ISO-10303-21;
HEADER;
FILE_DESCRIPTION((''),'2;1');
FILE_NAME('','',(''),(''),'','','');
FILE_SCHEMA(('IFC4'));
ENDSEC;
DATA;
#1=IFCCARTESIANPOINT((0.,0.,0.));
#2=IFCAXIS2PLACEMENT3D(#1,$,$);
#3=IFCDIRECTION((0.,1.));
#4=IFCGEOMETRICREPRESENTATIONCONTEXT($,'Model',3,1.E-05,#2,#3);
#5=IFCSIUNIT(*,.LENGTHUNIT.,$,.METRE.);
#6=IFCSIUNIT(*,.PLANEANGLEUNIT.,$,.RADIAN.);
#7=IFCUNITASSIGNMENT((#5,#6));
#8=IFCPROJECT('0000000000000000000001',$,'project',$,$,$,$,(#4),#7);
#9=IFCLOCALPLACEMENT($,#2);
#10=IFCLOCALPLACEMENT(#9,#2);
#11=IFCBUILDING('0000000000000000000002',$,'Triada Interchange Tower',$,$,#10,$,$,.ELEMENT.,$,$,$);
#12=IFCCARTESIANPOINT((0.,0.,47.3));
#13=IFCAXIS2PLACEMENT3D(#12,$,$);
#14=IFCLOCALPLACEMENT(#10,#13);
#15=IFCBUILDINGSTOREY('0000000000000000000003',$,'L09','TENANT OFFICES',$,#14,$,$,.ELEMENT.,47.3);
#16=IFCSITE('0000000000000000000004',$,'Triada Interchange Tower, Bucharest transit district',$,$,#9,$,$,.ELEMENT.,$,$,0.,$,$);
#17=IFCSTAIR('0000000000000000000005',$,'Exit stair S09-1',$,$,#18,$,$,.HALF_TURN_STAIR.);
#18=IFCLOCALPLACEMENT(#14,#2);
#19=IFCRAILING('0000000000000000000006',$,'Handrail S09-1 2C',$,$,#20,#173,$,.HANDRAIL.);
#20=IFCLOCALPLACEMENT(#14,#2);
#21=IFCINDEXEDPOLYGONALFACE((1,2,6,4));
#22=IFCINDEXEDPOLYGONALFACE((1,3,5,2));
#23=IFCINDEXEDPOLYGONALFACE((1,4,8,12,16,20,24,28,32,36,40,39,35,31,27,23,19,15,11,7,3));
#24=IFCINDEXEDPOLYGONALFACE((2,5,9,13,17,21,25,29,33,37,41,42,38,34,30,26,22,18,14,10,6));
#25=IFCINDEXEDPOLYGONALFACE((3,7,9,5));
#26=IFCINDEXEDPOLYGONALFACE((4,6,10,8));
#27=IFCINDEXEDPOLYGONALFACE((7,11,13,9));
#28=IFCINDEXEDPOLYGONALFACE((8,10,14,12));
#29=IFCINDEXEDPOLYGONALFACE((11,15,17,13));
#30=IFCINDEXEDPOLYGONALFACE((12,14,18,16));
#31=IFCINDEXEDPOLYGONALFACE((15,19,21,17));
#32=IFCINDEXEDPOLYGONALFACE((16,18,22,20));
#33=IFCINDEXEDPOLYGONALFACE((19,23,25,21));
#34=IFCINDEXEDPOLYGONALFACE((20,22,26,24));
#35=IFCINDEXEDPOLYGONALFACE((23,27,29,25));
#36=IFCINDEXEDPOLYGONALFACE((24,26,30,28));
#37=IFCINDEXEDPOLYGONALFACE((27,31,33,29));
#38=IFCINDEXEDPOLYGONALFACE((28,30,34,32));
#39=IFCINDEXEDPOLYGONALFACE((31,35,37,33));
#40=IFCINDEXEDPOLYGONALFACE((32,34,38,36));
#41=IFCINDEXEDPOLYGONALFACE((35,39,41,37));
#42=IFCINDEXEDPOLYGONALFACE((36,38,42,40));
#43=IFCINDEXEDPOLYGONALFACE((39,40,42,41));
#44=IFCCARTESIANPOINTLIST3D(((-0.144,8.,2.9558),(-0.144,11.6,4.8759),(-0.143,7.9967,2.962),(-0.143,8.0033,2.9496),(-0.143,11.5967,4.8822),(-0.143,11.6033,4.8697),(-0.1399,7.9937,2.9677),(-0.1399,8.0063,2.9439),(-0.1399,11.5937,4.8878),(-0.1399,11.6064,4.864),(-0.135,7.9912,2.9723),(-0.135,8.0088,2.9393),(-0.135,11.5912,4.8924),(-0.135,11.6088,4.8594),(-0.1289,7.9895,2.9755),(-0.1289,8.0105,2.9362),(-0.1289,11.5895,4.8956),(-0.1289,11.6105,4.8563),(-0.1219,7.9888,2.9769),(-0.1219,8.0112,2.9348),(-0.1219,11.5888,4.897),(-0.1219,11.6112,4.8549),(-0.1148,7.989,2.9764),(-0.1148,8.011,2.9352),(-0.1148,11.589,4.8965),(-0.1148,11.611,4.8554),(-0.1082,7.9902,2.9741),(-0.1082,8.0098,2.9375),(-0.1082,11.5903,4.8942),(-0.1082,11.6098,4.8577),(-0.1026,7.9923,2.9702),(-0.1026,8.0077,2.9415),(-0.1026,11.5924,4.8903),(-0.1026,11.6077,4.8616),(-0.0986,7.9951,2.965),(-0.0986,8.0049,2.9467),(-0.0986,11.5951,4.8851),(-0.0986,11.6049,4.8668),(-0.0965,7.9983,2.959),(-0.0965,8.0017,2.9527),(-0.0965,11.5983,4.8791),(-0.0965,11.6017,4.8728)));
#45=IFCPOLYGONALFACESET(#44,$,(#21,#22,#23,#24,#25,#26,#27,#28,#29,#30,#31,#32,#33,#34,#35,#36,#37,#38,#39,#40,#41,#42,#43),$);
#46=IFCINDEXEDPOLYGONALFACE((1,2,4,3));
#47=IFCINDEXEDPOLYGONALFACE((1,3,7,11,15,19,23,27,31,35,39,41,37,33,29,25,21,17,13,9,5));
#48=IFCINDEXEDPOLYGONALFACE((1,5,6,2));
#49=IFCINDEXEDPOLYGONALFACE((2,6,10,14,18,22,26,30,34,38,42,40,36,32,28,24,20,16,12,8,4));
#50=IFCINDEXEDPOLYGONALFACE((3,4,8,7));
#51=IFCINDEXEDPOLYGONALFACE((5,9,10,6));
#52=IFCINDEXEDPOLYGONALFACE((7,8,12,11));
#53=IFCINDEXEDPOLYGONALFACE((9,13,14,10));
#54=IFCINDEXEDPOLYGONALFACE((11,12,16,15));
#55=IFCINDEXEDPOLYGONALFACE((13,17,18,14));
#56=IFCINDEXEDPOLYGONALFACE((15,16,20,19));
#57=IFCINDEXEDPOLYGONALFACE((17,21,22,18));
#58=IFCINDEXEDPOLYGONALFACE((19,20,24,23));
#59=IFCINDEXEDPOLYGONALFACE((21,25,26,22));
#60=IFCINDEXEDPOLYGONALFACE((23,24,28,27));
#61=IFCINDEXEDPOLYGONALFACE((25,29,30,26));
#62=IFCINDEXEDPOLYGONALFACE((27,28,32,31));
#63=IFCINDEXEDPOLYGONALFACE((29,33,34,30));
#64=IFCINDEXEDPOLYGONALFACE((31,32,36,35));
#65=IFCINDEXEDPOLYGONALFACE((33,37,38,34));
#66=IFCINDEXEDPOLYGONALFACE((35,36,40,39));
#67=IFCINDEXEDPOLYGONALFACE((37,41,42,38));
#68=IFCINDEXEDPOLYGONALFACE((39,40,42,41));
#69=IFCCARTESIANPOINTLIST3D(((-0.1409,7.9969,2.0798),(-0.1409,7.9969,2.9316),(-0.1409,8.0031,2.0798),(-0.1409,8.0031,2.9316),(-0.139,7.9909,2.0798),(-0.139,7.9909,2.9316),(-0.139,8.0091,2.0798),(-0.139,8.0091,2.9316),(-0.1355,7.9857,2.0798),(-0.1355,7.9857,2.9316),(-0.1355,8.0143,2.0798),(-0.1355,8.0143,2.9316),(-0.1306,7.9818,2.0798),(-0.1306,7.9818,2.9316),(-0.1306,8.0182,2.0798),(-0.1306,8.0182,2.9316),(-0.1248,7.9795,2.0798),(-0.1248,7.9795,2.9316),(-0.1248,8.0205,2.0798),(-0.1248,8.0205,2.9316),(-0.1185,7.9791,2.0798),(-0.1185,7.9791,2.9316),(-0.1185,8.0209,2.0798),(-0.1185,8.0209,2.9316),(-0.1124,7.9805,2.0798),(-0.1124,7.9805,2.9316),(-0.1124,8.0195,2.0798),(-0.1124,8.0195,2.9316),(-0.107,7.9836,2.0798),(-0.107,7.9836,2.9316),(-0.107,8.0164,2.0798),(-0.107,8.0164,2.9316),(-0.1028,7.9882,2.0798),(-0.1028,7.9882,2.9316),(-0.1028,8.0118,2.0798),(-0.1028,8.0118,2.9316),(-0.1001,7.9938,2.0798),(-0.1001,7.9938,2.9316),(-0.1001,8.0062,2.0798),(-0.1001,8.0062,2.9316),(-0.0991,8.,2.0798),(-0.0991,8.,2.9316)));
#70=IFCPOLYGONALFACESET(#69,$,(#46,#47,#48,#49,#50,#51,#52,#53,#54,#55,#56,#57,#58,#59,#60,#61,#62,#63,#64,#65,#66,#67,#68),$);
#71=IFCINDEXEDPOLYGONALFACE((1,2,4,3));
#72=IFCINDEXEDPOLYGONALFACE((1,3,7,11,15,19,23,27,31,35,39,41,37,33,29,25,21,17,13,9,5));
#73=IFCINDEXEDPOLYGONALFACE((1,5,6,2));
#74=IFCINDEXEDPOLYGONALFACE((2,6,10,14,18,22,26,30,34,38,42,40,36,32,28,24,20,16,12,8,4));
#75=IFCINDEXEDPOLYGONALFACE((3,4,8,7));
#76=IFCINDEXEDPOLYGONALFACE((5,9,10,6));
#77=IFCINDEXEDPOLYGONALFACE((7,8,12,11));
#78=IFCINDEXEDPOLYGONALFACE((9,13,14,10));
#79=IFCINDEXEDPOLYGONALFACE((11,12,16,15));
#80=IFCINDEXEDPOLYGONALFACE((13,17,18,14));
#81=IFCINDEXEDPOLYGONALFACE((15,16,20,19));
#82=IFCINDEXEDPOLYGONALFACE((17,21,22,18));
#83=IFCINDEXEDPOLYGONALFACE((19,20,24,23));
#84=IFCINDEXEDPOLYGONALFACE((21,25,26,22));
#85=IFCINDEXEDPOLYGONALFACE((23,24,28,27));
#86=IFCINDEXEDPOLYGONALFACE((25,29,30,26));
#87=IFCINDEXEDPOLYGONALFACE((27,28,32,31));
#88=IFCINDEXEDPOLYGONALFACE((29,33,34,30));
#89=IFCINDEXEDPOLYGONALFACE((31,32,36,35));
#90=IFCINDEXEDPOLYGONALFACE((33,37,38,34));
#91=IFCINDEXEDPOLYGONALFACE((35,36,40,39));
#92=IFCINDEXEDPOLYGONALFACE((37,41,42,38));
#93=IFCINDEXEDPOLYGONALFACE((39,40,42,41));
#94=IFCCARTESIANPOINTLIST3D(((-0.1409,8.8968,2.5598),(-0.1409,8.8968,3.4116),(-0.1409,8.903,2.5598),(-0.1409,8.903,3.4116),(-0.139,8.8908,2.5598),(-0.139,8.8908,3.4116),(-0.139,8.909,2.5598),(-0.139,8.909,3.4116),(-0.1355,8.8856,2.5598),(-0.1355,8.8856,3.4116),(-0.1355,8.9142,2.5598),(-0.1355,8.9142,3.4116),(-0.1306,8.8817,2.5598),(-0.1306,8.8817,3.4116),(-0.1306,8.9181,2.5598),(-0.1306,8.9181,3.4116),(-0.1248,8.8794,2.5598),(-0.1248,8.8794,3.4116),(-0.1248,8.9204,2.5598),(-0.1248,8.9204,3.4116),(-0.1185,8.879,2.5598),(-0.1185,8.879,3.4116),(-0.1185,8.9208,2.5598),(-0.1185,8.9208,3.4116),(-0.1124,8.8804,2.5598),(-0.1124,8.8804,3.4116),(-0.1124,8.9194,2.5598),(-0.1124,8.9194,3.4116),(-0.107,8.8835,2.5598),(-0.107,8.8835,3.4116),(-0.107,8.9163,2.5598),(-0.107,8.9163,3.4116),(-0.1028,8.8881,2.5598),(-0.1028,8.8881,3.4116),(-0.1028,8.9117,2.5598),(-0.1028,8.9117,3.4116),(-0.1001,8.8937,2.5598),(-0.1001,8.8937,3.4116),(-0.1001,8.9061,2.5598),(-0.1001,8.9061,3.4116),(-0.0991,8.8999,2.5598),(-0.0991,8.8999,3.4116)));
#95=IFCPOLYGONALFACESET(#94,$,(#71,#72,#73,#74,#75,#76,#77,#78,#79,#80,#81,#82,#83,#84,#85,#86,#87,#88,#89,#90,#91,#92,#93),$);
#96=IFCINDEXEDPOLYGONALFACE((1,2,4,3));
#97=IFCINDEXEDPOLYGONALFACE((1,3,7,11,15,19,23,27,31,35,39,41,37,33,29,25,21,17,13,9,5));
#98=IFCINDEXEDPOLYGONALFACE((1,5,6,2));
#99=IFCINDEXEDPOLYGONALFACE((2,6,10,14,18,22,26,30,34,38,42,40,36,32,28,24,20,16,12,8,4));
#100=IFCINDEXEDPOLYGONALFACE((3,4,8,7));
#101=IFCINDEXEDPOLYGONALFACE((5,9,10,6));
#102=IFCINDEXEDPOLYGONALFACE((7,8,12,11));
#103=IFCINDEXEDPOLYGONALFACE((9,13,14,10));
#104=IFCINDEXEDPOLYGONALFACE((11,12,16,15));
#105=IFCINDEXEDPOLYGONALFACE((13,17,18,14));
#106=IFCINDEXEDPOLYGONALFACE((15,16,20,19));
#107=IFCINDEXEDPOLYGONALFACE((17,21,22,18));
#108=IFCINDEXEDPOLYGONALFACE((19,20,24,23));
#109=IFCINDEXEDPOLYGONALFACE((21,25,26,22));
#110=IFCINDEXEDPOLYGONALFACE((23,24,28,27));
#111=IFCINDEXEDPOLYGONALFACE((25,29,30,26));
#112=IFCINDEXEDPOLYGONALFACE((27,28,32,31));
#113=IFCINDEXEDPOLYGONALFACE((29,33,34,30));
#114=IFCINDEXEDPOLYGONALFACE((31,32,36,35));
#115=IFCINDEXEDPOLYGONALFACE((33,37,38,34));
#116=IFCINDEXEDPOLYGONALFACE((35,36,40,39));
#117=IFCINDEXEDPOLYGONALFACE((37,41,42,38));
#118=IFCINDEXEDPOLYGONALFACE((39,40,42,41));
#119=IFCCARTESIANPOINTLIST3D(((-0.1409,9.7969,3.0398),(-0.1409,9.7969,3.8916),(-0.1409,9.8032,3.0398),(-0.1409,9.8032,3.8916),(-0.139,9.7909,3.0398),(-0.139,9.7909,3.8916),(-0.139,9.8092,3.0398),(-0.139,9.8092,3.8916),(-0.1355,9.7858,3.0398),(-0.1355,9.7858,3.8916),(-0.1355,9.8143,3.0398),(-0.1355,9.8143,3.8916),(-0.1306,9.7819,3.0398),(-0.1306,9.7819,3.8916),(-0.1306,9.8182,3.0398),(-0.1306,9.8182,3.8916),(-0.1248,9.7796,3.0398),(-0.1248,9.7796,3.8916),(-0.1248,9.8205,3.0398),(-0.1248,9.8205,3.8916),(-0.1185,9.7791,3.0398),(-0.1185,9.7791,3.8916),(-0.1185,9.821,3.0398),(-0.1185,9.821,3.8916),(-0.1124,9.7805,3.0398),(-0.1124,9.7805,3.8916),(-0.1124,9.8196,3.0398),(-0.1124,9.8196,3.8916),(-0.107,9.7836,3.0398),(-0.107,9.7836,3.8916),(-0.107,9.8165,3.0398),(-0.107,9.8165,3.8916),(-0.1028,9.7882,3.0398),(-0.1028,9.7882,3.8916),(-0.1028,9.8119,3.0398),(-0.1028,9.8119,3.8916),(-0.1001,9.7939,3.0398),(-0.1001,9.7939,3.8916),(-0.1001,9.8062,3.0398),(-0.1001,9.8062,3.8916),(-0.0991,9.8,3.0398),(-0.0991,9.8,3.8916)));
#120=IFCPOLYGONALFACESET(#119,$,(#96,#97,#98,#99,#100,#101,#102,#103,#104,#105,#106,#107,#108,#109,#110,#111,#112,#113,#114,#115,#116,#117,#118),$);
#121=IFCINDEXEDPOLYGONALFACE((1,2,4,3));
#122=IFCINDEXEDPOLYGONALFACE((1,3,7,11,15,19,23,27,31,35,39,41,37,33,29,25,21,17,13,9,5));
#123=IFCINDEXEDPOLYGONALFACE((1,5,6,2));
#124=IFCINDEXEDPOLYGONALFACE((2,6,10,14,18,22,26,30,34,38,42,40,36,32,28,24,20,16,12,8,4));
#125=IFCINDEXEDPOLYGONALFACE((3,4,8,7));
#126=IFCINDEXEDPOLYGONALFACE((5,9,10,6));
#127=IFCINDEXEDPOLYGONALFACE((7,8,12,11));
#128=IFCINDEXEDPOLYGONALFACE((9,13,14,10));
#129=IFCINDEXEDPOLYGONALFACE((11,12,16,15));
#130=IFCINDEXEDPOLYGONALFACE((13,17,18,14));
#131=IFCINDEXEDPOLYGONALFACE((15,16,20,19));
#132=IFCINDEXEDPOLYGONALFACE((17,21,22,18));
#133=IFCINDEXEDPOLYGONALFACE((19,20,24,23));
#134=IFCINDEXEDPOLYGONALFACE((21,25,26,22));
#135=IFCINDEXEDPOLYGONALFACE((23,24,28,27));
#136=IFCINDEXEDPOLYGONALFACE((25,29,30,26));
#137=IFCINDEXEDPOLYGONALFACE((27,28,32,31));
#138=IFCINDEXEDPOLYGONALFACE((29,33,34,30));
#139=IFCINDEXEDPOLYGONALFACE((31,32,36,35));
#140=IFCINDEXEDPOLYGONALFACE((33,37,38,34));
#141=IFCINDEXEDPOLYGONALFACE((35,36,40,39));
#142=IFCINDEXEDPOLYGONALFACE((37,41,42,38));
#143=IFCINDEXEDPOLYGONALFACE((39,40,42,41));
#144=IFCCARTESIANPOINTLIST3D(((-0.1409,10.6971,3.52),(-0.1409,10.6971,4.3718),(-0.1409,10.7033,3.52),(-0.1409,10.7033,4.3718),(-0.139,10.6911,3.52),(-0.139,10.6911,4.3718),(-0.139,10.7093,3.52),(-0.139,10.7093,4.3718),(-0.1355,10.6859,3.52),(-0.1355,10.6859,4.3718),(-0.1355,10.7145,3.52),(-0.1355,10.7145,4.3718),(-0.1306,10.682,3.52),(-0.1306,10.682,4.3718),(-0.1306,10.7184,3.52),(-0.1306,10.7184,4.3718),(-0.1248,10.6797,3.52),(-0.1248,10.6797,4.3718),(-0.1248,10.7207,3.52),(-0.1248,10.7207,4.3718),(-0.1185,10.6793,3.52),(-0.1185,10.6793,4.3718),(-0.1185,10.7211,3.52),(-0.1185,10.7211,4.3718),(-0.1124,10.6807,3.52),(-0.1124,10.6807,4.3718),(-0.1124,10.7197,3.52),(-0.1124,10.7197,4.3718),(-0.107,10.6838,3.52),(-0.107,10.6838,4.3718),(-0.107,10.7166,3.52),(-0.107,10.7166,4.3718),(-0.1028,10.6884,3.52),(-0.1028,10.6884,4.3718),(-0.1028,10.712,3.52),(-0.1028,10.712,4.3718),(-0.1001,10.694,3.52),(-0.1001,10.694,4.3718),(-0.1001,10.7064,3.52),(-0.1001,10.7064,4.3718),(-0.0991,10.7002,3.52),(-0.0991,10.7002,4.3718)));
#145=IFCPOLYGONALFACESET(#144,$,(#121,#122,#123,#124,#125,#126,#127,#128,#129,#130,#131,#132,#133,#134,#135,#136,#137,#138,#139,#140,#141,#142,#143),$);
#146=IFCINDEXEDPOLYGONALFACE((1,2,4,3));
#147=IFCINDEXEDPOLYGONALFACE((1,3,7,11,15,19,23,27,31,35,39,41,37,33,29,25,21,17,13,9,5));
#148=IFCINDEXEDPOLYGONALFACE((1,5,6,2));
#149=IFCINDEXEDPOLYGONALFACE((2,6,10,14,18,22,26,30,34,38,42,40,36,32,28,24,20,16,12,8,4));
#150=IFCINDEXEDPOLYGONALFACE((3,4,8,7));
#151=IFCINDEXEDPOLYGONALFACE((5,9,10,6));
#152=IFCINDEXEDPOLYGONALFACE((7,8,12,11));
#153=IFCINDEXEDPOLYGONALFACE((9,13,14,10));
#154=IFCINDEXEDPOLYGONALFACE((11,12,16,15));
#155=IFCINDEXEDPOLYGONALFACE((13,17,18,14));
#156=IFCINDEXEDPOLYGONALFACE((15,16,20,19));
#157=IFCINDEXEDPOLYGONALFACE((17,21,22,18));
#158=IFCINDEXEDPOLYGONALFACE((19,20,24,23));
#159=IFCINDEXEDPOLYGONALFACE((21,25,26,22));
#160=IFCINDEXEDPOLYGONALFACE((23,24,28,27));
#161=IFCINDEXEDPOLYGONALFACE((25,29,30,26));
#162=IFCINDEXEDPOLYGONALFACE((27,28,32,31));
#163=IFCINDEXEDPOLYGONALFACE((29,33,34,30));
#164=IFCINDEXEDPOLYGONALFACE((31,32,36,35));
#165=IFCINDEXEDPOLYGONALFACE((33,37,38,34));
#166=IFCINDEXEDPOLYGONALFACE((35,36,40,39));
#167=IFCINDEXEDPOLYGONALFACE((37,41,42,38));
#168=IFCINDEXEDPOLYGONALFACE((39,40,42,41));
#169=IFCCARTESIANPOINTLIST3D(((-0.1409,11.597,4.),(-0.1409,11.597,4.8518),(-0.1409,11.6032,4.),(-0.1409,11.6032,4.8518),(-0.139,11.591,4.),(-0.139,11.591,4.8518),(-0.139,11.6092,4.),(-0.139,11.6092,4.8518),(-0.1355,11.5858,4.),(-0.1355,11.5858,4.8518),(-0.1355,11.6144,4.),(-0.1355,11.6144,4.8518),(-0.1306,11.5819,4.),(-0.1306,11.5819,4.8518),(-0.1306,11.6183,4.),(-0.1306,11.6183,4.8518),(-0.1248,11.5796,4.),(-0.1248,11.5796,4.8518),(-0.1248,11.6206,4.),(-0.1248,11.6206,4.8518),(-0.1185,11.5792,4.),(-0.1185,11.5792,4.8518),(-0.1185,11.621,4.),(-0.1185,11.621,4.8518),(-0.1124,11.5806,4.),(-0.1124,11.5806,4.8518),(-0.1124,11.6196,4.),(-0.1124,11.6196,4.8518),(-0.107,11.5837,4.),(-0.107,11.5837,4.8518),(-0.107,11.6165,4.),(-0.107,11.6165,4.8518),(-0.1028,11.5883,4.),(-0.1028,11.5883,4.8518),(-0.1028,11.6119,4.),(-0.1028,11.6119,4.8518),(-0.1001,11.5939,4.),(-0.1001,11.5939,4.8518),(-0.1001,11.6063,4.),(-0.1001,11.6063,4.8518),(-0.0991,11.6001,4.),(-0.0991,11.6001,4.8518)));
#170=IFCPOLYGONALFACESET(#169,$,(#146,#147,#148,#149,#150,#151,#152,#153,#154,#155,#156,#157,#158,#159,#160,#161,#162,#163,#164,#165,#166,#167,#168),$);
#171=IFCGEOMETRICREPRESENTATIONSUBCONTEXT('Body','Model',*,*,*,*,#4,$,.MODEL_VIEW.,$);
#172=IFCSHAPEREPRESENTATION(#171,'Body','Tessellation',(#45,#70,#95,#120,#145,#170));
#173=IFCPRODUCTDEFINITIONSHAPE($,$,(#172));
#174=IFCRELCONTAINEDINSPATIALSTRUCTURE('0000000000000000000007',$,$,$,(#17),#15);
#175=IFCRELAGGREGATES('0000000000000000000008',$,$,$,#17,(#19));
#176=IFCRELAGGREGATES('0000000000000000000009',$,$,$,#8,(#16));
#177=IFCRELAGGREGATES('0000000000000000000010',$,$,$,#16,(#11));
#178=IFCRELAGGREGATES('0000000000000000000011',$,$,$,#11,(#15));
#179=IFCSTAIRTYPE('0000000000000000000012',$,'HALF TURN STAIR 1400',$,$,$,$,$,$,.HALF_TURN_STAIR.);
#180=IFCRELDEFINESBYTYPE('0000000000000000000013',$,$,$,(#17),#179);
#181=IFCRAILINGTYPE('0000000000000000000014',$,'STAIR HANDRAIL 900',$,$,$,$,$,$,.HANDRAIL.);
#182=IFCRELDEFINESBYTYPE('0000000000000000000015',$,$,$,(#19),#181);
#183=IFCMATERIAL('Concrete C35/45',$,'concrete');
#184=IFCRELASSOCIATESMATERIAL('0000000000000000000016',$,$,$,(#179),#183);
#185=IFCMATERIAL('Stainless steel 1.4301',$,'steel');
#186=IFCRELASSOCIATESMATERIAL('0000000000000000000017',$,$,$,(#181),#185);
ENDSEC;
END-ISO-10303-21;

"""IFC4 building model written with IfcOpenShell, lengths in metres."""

from ifc_helpers import new_model, si_unit, direction, frame, origin, origin_2d, place, context, subcontext, project, spatial, circle, extrude, material, type_object, element, aggregate, save


model = new_model("IFC4")

# Units and contexts
model_context = context("Model", 3, precision=1e-05, world=origin(), true_north=direction((0.0, 1.0)))
body_context = subcontext(model_context, "Body", "Model", "MODEL_VIEW")
ifc_project = project(units=[si_unit("LENGTHUNIT", "METRE"), si_unit("PLANEANGLEUNIT", "RADIAN")], contexts=[model_context])

# Site, building, storey
site_placement = place(None, origin())
site = spatial("IfcSite", under=ifc_project, at=site_placement, Name="Triada Interchange Tower, Bucharest transit district", CompositionType="ELEMENT", RefElevation=0.0)
building_placement = place(site_placement, origin())
building = spatial("IfcBuilding", under=site, at=building_placement, Name="Triada Interchange Tower", CompositionType="ELEMENT")
storey_placement = place(building_placement, frame((0.0, 0.0, 47.3)))
storey = spatial("IfcBuildingStorey", under=building, at=storey_placement, Name="L09", Description="TENANT OFFICES", CompositionType="ELEMENT", Elevation=47.3)

# Stair
ifc_material_1 = material(Name="Concrete C35/45", Category="concrete")
stair_type = type_object("IfcStairType", Name="HALF TURN STAIR 1400", PredefinedType="HALF_TURN_STAIR", material=ifc_material_1)
stair_placement = place(storey_placement, origin())
stair = element("IfcStair", 1, at=stair_placement, inside=storey, type_object=stair_type, Name="Exit stair S09-1", PredefinedType="HALF_TURN_STAIR")

# Railing
ifc_material_2 = material(Name="Stainless steel 1.4301", Category="steel")
railing_type = type_object("IfcRailingType", Name="STAIR HANDRAIL 900", PredefinedType="HANDRAIL", material=ifc_material_2)
railing_1_placement = place(storey_placement, frame((-0.1201, 8.0, 2.0798)))
railing_1 = element("IfcRailing", 2, at=railing_1_placement, type_object=railing_type, Name="Handrail S09-1 2C", PredefinedType="HANDRAIL", context=body_context, shape_type="SweptSolid", body=[
    extrude(circle(Radius=0.0239, at=origin_2d()), frame((0.0, 0.0, 0.876), z_axis=(0.0, 0.882341, 0.47061), x_axis=(-1.0, 0.0, 0.0)), (0.0, 0.0, 1.0), 4.0801),
    extrude(circle(Radius=0.021, at=origin_2d()), origin(), (0.0, 0.0, 1.0), 0.8518),
    extrude(circle(Radius=0.021, at=origin_2d()), frame((0.0, 0.8999, 0.48)), (0.0, 0.0, 1.0), 0.8518),
    extrude(circle(Radius=0.021, at=origin_2d()), frame((0.0, 1.8, 0.96)), (0.0, 0.0, 1.0), 0.8518),
    extrude(circle(Radius=0.021, at=origin_2d()), frame((0.0, 2.7002, 1.4402)), (0.0, 0.0, 1.0), 0.8518),
    extrude(circle(Radius=0.021, at=origin_2d()), frame((0.0, 3.6001, 1.9202)), (0.0, 0.0, 1.0), 0.8518),
])
aggregate(stair, [railing_1])

save(model, "model.ifc")
